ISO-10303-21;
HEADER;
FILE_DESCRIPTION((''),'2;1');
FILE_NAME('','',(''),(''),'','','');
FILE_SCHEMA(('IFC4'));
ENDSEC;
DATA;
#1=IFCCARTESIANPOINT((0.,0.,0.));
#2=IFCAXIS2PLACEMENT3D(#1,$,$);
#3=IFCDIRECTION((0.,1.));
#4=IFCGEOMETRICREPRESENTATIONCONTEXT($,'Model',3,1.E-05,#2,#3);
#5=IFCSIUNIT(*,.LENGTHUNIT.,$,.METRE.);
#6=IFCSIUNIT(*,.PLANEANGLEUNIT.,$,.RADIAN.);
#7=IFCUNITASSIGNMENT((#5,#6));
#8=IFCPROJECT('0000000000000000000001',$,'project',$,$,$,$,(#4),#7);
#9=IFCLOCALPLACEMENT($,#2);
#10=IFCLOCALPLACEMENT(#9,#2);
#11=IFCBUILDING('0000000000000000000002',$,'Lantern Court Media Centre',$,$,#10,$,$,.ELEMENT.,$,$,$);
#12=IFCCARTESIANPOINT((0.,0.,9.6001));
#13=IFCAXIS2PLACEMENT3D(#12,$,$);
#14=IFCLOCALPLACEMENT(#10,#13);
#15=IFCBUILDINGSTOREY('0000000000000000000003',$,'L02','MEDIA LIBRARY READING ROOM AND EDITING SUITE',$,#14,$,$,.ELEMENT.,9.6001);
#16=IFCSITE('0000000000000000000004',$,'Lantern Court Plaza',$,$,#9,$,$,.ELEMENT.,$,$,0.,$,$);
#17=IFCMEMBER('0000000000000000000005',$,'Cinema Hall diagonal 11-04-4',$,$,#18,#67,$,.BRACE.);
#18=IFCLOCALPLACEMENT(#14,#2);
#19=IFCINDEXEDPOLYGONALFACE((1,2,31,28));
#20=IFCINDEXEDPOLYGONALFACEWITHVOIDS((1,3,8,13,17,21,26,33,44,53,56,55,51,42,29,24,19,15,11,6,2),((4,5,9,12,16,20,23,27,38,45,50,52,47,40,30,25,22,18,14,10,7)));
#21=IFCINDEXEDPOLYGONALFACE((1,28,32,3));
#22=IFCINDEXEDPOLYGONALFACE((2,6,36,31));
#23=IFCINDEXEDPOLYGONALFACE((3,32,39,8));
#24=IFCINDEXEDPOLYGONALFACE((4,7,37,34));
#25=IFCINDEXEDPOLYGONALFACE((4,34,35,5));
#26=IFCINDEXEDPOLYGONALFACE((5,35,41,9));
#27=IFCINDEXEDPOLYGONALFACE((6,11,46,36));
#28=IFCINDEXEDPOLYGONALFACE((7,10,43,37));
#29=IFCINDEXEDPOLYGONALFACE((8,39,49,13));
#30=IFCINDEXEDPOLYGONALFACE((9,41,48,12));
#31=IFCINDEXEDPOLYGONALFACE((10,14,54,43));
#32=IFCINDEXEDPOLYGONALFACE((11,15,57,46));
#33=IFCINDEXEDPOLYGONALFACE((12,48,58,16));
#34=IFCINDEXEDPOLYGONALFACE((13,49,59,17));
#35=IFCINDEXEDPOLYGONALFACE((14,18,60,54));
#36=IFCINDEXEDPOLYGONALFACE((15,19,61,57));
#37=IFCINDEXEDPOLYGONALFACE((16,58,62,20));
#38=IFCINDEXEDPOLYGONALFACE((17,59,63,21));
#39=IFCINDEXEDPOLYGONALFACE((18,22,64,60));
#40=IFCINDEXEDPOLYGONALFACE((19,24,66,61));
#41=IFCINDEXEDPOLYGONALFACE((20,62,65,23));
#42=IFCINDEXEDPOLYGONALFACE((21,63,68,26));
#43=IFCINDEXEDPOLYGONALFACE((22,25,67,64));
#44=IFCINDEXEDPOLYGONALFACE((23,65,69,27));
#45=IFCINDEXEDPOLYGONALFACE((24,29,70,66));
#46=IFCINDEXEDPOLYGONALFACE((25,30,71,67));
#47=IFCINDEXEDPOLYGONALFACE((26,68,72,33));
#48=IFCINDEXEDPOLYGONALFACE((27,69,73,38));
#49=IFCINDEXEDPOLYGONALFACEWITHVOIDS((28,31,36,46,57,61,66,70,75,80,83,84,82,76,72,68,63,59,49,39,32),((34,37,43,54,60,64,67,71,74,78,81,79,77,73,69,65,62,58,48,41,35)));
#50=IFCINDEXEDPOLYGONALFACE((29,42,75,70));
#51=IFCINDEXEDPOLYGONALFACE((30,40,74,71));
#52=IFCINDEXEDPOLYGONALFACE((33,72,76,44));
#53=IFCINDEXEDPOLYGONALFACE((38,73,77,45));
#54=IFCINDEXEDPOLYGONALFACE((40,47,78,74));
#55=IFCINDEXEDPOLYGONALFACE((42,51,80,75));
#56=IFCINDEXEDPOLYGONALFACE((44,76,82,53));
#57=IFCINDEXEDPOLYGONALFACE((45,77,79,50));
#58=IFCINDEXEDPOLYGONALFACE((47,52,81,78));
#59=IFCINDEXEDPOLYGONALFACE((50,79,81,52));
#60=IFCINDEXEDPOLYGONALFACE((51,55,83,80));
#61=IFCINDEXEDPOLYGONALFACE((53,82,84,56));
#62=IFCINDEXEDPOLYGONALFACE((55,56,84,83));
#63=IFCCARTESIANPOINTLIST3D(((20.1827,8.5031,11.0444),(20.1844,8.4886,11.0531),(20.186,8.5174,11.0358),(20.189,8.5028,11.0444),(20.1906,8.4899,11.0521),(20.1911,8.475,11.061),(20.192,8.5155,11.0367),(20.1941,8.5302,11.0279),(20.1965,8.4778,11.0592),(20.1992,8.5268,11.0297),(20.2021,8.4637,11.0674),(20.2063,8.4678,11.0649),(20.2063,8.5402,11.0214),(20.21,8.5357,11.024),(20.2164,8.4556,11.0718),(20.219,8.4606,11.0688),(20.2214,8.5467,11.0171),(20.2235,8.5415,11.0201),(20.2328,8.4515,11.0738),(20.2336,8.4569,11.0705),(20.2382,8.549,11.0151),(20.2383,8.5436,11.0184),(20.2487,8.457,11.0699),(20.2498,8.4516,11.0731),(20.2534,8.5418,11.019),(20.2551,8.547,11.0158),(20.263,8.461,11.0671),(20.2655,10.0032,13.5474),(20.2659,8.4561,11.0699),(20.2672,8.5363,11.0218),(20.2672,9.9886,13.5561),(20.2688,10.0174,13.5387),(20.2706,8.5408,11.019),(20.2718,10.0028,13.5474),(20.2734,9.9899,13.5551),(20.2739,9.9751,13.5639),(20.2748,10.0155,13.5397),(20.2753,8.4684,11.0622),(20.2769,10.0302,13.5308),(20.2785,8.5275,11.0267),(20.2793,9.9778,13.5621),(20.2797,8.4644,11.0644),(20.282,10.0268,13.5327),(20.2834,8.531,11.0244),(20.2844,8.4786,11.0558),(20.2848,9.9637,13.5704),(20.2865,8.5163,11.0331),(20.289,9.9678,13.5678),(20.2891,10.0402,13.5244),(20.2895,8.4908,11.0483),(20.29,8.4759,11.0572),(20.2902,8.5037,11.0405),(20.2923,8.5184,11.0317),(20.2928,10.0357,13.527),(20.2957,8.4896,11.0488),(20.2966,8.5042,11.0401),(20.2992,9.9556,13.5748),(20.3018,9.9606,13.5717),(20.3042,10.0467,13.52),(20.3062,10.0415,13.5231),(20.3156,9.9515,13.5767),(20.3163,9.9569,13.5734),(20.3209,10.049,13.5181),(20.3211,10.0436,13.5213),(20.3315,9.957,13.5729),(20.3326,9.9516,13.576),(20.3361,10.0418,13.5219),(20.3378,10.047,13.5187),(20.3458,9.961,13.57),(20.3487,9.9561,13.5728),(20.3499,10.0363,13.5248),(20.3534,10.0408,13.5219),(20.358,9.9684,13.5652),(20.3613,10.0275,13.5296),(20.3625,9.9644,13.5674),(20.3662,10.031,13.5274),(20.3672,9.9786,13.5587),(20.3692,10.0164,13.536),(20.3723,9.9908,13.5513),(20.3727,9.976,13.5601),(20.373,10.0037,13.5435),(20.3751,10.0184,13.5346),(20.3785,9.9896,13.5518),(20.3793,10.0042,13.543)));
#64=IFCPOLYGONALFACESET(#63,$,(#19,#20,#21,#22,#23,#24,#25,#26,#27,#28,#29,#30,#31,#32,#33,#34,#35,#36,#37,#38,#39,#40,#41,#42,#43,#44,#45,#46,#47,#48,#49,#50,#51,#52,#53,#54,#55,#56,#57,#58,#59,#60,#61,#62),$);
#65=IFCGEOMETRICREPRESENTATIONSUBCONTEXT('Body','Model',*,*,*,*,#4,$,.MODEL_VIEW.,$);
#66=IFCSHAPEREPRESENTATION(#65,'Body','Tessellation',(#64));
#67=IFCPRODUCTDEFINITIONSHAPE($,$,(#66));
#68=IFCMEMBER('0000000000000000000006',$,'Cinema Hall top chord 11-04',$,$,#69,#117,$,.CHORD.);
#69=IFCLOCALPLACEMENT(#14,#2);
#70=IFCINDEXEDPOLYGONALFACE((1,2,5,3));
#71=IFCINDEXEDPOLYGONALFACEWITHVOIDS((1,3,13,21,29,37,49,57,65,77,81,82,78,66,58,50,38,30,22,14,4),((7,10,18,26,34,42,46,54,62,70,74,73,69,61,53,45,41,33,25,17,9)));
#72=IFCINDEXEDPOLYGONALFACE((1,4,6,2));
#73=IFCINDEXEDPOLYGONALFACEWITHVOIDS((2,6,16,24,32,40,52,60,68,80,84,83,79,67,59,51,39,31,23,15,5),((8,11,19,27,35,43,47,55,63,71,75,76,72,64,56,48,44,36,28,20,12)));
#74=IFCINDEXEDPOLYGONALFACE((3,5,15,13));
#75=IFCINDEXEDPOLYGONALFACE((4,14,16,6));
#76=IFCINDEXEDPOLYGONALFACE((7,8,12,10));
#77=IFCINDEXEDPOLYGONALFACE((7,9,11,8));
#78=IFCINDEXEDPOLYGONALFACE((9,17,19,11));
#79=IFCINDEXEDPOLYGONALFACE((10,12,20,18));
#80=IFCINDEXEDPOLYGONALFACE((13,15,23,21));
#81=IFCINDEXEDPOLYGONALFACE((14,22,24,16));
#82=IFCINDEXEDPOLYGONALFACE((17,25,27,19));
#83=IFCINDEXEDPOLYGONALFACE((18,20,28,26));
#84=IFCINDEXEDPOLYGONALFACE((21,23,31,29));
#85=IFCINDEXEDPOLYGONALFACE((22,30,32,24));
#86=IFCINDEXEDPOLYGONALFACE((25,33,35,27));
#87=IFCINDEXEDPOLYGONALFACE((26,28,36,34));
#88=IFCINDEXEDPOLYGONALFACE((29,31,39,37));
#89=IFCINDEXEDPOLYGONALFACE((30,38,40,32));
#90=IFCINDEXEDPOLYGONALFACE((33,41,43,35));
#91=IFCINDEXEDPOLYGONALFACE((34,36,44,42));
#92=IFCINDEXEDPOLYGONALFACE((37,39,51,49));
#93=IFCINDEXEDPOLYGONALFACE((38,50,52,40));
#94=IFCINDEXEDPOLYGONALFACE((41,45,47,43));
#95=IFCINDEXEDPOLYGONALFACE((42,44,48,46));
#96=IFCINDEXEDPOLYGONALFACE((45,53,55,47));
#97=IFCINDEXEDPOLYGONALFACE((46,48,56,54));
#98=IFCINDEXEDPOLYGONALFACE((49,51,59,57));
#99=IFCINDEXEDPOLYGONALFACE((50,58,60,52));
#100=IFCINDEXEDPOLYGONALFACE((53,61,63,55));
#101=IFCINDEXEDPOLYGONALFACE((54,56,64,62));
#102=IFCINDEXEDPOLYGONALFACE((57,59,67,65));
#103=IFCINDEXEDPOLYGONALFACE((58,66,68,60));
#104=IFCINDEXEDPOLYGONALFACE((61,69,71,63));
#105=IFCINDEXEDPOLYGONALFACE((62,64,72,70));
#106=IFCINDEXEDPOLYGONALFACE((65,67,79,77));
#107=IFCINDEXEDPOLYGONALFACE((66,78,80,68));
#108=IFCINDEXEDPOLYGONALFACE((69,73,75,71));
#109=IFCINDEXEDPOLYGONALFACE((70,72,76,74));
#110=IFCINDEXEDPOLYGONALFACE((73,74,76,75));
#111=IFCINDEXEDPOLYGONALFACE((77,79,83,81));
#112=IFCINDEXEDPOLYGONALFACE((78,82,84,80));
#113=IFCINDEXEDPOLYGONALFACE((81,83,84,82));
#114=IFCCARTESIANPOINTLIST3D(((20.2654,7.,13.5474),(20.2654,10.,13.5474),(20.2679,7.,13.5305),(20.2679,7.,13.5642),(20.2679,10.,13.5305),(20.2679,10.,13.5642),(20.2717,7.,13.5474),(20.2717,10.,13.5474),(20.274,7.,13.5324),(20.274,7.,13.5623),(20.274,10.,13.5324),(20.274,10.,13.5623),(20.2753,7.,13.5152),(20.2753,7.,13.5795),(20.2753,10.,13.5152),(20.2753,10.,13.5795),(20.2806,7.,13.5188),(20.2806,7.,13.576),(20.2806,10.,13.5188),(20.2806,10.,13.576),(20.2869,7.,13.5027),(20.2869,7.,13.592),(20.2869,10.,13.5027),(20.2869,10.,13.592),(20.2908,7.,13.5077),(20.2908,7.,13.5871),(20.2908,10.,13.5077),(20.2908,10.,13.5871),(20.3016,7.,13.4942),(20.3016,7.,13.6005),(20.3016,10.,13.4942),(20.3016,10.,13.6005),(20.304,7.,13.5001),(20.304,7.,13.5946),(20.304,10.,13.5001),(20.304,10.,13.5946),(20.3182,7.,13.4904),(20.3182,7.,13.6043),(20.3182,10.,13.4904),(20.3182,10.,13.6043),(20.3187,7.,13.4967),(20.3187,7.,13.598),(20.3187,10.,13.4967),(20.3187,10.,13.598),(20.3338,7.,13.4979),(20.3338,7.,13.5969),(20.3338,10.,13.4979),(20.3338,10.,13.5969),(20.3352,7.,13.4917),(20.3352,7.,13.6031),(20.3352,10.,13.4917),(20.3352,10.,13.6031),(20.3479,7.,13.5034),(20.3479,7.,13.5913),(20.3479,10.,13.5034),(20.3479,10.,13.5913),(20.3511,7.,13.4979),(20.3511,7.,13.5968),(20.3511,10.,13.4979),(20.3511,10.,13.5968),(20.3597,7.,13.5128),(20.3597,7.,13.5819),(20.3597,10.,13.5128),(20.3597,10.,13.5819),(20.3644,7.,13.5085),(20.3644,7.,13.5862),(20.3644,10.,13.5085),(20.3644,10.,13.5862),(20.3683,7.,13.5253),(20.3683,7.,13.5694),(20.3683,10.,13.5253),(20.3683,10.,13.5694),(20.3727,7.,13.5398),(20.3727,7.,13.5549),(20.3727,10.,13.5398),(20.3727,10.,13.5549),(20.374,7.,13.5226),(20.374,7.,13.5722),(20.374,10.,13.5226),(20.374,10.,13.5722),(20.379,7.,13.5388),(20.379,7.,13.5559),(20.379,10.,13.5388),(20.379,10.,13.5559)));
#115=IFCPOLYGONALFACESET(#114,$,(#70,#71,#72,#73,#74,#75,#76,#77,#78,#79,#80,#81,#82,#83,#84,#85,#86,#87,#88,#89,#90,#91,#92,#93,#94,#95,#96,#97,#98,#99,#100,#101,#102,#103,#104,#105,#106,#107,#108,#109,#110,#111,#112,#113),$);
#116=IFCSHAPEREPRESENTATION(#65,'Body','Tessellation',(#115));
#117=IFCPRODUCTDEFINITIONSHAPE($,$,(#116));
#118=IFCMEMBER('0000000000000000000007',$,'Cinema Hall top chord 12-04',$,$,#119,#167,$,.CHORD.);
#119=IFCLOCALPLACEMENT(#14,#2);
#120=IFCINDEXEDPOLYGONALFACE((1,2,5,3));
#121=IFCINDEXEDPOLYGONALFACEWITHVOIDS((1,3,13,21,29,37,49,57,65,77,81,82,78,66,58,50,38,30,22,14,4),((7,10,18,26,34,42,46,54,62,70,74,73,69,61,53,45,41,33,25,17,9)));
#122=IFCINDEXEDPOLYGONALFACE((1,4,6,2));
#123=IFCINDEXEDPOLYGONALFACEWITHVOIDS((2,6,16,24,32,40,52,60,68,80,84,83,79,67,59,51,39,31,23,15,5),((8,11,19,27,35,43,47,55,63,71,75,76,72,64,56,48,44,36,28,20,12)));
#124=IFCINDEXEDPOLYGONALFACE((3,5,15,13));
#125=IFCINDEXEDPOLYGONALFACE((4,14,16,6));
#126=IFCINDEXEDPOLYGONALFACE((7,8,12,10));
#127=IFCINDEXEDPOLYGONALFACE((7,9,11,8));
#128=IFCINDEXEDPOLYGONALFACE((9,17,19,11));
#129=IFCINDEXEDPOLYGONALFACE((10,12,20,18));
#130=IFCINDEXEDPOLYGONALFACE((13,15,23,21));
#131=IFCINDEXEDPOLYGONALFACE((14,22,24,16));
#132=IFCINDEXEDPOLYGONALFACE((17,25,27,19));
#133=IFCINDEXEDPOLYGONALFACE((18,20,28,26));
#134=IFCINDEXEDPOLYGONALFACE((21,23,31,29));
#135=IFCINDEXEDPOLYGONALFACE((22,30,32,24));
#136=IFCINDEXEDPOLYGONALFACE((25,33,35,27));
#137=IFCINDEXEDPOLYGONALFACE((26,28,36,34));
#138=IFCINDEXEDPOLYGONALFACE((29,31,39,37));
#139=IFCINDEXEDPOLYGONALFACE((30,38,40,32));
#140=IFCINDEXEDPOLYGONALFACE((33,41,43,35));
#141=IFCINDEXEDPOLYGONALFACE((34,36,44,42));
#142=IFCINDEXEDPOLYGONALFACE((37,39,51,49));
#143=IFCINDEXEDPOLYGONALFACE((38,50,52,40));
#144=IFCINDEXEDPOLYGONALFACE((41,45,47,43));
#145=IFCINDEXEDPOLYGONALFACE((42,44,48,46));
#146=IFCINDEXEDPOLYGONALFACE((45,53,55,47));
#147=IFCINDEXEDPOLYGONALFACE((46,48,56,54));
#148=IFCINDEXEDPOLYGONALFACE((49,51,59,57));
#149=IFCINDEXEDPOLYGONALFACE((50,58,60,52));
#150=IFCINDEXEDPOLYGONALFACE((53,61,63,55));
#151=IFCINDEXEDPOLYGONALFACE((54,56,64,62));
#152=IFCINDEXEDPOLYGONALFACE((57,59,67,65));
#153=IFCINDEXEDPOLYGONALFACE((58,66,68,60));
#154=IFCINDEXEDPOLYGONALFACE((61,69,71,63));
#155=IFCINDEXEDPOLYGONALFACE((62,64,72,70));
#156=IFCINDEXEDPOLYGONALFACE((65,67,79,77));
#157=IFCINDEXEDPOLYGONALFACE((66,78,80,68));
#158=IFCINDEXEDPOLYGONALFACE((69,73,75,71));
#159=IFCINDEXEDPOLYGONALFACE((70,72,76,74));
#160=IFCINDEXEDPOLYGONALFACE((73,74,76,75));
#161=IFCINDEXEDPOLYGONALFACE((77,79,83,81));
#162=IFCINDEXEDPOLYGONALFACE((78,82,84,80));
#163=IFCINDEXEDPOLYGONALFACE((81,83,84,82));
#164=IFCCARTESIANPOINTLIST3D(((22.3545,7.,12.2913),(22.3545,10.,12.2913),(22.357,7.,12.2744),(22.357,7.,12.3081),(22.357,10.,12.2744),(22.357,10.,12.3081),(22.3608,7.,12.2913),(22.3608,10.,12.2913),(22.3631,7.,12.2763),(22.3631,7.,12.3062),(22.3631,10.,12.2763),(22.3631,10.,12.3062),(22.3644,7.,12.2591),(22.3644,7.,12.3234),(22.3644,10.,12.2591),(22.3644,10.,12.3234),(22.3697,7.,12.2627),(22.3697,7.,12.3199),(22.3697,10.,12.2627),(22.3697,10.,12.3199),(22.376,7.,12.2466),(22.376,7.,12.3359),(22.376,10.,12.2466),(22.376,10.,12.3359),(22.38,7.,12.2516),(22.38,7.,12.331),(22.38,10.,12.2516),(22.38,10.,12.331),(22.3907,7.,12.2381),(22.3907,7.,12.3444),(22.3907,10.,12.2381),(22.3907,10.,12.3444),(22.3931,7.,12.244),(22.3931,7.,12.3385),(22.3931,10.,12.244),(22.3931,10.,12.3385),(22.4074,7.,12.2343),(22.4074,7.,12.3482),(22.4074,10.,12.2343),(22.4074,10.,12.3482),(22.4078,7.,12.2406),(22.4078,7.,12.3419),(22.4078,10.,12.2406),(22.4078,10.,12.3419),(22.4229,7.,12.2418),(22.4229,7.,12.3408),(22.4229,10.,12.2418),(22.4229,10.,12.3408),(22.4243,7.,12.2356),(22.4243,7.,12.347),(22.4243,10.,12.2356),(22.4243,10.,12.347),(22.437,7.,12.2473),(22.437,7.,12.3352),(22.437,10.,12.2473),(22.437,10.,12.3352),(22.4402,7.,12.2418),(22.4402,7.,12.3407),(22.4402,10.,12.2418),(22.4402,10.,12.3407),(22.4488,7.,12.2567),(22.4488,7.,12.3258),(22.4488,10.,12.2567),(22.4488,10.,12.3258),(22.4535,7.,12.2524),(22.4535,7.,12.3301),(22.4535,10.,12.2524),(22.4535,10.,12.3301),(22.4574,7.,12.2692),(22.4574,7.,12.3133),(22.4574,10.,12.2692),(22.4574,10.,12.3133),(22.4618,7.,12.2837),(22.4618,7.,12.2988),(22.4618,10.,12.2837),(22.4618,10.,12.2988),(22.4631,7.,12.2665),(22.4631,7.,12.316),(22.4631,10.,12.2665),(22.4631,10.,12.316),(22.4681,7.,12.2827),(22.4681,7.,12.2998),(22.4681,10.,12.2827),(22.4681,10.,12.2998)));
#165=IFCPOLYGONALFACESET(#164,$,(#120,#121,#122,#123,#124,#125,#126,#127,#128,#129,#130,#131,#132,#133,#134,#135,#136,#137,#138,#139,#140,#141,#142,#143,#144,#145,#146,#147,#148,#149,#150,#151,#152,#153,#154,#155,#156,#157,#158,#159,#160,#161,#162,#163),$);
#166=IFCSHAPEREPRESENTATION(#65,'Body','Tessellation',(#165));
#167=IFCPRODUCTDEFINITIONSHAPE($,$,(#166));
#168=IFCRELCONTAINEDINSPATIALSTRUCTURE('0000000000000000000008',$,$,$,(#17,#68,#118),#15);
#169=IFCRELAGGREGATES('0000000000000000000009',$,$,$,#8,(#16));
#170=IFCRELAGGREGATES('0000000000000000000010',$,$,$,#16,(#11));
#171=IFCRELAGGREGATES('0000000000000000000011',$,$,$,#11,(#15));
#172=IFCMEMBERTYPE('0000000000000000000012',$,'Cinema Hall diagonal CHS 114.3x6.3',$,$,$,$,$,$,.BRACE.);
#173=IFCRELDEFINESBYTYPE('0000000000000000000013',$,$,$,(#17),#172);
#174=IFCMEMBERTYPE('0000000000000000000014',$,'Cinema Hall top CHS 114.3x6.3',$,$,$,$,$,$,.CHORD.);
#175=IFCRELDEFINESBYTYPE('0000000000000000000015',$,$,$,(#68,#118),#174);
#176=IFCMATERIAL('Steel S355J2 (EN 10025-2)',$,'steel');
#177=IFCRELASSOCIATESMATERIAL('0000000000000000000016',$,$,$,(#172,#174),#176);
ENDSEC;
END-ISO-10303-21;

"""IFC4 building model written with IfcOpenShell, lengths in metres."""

from ifc_helpers import new_model, si_unit, direction, frame, origin, origin_2d, place, context, subcontext, project, spatial, hollow_circle, extrude, material, material_profile, profile_set, type_object, element, save


model = new_model("IFC4")

# Units and contexts
model_context = context("Model", 3, precision=1e-05, world=origin(), true_north=direction((0.0, 1.0)))
body_context = subcontext(model_context, "Body", "Model", "MODEL_VIEW")
ifc_project = project(units=[si_unit("LENGTHUNIT", "METRE"), si_unit("PLANEANGLEUNIT", "RADIAN")], contexts=[model_context])

# Site, building, storey
site_placement = place(None, origin())
site = spatial("IfcSite", under=ifc_project, at=site_placement, Name="Lantern Court Plaza", CompositionType="ELEMENT", RefElevation=0.0)
building_placement = place(site_placement, origin())
building = spatial("IfcBuilding", under=site, at=building_placement, Name="Lantern Court Media Centre", CompositionType="ELEMENT")
storey_placement = place(building_placement, frame((0.0, 0.0, 9.6001)))
storey = spatial("IfcBuildingStorey", under=building, at=storey_placement, Name="L02", Description="MEDIA LIBRARY READING ROOM AND EDITING SUITE", CompositionType="ELEMENT", Elevation=9.6001)

# Members
ifc_material = material(Name="Steel S355J2 (EN 10025-2)", Category="steel")
ifc_material_profile_1 = material_profile(ifc_material, hollow_circle(Radius=0.0571, WallThickness=0.0063, at=origin_2d()), Name="Cinema Hall diagonal CHS 114.3x6.3")
ifc_profile_set_1 = profile_set([ifc_material_profile_1], Name="Steel S355J2 (EN 10025-2)")
member_type_1 = type_object("IfcMemberType", Name="Cinema Hall diagonal CHS 114.3x6.3", PredefinedType="BRACE", material=ifc_profile_set_1)
for number, where, z_axis, x_axis, name in (
    (1, (20.2397, 8.5, 11.0444), (0.028352, 0.513846, 0.857414), (-0.998481, 0.055092, 0.0), "Cinema Hall diagonal 11-04-4"),
):
    element("IfcMember", number, at=place(storey_placement, frame(where, z_axis=z_axis, x_axis=x_axis)), inside=storey, type_object=member_type_1, Name=name, PredefinedType="BRACE", context=body_context, shape_type="SweptSolid", body=[
        extrude(hollow_circle(Radius=0.0571, WallThickness=0.0063, at=origin_2d()), origin(), (0.0, 0.0, 1.0), 2.9192),
    ])
ifc_material_profile_2 = material_profile(ifc_material, hollow_circle(Radius=0.0571, WallThickness=0.0063, at=origin_2d()), Name="Cinema Hall top CHS 114.3x6.3")
ifc_profile_set_2 = profile_set([ifc_material_profile_2], Name="Steel S355J2 (EN 10025-2)")
member_type_2 = type_object("IfcMemberType", Name="Cinema Hall top CHS 114.3x6.3", PredefinedType="CHORD", material=ifc_profile_set_2)
for number, where, z_axis, x_axis, name in (
    (2, (20.3225, 7.0, 13.5474), (0.0, 1.0, 0.0), (-1.0, 0.0, 0.0), "Cinema Hall top chord 11-04"),
    (3, (22.4116, 7.0, 12.2913), (0.0, 1.0, 0.0), (-1.0, 0.0, 0.0), "Cinema Hall top chord 12-04"),
):
    element("IfcMember", number, at=place(storey_placement, frame(where, z_axis=z_axis, x_axis=x_axis)), inside=storey, type_object=member_type_2, Name=name, PredefinedType="CHORD", context=body_context, shape_type="SweptSolid", body=[
        extrude(hollow_circle(Radius=0.0571, WallThickness=0.0063, at=origin_2d()), origin(), (0.0, 0.0, 1.0), 3.0),
    ])

save(model, "model.ifc")
